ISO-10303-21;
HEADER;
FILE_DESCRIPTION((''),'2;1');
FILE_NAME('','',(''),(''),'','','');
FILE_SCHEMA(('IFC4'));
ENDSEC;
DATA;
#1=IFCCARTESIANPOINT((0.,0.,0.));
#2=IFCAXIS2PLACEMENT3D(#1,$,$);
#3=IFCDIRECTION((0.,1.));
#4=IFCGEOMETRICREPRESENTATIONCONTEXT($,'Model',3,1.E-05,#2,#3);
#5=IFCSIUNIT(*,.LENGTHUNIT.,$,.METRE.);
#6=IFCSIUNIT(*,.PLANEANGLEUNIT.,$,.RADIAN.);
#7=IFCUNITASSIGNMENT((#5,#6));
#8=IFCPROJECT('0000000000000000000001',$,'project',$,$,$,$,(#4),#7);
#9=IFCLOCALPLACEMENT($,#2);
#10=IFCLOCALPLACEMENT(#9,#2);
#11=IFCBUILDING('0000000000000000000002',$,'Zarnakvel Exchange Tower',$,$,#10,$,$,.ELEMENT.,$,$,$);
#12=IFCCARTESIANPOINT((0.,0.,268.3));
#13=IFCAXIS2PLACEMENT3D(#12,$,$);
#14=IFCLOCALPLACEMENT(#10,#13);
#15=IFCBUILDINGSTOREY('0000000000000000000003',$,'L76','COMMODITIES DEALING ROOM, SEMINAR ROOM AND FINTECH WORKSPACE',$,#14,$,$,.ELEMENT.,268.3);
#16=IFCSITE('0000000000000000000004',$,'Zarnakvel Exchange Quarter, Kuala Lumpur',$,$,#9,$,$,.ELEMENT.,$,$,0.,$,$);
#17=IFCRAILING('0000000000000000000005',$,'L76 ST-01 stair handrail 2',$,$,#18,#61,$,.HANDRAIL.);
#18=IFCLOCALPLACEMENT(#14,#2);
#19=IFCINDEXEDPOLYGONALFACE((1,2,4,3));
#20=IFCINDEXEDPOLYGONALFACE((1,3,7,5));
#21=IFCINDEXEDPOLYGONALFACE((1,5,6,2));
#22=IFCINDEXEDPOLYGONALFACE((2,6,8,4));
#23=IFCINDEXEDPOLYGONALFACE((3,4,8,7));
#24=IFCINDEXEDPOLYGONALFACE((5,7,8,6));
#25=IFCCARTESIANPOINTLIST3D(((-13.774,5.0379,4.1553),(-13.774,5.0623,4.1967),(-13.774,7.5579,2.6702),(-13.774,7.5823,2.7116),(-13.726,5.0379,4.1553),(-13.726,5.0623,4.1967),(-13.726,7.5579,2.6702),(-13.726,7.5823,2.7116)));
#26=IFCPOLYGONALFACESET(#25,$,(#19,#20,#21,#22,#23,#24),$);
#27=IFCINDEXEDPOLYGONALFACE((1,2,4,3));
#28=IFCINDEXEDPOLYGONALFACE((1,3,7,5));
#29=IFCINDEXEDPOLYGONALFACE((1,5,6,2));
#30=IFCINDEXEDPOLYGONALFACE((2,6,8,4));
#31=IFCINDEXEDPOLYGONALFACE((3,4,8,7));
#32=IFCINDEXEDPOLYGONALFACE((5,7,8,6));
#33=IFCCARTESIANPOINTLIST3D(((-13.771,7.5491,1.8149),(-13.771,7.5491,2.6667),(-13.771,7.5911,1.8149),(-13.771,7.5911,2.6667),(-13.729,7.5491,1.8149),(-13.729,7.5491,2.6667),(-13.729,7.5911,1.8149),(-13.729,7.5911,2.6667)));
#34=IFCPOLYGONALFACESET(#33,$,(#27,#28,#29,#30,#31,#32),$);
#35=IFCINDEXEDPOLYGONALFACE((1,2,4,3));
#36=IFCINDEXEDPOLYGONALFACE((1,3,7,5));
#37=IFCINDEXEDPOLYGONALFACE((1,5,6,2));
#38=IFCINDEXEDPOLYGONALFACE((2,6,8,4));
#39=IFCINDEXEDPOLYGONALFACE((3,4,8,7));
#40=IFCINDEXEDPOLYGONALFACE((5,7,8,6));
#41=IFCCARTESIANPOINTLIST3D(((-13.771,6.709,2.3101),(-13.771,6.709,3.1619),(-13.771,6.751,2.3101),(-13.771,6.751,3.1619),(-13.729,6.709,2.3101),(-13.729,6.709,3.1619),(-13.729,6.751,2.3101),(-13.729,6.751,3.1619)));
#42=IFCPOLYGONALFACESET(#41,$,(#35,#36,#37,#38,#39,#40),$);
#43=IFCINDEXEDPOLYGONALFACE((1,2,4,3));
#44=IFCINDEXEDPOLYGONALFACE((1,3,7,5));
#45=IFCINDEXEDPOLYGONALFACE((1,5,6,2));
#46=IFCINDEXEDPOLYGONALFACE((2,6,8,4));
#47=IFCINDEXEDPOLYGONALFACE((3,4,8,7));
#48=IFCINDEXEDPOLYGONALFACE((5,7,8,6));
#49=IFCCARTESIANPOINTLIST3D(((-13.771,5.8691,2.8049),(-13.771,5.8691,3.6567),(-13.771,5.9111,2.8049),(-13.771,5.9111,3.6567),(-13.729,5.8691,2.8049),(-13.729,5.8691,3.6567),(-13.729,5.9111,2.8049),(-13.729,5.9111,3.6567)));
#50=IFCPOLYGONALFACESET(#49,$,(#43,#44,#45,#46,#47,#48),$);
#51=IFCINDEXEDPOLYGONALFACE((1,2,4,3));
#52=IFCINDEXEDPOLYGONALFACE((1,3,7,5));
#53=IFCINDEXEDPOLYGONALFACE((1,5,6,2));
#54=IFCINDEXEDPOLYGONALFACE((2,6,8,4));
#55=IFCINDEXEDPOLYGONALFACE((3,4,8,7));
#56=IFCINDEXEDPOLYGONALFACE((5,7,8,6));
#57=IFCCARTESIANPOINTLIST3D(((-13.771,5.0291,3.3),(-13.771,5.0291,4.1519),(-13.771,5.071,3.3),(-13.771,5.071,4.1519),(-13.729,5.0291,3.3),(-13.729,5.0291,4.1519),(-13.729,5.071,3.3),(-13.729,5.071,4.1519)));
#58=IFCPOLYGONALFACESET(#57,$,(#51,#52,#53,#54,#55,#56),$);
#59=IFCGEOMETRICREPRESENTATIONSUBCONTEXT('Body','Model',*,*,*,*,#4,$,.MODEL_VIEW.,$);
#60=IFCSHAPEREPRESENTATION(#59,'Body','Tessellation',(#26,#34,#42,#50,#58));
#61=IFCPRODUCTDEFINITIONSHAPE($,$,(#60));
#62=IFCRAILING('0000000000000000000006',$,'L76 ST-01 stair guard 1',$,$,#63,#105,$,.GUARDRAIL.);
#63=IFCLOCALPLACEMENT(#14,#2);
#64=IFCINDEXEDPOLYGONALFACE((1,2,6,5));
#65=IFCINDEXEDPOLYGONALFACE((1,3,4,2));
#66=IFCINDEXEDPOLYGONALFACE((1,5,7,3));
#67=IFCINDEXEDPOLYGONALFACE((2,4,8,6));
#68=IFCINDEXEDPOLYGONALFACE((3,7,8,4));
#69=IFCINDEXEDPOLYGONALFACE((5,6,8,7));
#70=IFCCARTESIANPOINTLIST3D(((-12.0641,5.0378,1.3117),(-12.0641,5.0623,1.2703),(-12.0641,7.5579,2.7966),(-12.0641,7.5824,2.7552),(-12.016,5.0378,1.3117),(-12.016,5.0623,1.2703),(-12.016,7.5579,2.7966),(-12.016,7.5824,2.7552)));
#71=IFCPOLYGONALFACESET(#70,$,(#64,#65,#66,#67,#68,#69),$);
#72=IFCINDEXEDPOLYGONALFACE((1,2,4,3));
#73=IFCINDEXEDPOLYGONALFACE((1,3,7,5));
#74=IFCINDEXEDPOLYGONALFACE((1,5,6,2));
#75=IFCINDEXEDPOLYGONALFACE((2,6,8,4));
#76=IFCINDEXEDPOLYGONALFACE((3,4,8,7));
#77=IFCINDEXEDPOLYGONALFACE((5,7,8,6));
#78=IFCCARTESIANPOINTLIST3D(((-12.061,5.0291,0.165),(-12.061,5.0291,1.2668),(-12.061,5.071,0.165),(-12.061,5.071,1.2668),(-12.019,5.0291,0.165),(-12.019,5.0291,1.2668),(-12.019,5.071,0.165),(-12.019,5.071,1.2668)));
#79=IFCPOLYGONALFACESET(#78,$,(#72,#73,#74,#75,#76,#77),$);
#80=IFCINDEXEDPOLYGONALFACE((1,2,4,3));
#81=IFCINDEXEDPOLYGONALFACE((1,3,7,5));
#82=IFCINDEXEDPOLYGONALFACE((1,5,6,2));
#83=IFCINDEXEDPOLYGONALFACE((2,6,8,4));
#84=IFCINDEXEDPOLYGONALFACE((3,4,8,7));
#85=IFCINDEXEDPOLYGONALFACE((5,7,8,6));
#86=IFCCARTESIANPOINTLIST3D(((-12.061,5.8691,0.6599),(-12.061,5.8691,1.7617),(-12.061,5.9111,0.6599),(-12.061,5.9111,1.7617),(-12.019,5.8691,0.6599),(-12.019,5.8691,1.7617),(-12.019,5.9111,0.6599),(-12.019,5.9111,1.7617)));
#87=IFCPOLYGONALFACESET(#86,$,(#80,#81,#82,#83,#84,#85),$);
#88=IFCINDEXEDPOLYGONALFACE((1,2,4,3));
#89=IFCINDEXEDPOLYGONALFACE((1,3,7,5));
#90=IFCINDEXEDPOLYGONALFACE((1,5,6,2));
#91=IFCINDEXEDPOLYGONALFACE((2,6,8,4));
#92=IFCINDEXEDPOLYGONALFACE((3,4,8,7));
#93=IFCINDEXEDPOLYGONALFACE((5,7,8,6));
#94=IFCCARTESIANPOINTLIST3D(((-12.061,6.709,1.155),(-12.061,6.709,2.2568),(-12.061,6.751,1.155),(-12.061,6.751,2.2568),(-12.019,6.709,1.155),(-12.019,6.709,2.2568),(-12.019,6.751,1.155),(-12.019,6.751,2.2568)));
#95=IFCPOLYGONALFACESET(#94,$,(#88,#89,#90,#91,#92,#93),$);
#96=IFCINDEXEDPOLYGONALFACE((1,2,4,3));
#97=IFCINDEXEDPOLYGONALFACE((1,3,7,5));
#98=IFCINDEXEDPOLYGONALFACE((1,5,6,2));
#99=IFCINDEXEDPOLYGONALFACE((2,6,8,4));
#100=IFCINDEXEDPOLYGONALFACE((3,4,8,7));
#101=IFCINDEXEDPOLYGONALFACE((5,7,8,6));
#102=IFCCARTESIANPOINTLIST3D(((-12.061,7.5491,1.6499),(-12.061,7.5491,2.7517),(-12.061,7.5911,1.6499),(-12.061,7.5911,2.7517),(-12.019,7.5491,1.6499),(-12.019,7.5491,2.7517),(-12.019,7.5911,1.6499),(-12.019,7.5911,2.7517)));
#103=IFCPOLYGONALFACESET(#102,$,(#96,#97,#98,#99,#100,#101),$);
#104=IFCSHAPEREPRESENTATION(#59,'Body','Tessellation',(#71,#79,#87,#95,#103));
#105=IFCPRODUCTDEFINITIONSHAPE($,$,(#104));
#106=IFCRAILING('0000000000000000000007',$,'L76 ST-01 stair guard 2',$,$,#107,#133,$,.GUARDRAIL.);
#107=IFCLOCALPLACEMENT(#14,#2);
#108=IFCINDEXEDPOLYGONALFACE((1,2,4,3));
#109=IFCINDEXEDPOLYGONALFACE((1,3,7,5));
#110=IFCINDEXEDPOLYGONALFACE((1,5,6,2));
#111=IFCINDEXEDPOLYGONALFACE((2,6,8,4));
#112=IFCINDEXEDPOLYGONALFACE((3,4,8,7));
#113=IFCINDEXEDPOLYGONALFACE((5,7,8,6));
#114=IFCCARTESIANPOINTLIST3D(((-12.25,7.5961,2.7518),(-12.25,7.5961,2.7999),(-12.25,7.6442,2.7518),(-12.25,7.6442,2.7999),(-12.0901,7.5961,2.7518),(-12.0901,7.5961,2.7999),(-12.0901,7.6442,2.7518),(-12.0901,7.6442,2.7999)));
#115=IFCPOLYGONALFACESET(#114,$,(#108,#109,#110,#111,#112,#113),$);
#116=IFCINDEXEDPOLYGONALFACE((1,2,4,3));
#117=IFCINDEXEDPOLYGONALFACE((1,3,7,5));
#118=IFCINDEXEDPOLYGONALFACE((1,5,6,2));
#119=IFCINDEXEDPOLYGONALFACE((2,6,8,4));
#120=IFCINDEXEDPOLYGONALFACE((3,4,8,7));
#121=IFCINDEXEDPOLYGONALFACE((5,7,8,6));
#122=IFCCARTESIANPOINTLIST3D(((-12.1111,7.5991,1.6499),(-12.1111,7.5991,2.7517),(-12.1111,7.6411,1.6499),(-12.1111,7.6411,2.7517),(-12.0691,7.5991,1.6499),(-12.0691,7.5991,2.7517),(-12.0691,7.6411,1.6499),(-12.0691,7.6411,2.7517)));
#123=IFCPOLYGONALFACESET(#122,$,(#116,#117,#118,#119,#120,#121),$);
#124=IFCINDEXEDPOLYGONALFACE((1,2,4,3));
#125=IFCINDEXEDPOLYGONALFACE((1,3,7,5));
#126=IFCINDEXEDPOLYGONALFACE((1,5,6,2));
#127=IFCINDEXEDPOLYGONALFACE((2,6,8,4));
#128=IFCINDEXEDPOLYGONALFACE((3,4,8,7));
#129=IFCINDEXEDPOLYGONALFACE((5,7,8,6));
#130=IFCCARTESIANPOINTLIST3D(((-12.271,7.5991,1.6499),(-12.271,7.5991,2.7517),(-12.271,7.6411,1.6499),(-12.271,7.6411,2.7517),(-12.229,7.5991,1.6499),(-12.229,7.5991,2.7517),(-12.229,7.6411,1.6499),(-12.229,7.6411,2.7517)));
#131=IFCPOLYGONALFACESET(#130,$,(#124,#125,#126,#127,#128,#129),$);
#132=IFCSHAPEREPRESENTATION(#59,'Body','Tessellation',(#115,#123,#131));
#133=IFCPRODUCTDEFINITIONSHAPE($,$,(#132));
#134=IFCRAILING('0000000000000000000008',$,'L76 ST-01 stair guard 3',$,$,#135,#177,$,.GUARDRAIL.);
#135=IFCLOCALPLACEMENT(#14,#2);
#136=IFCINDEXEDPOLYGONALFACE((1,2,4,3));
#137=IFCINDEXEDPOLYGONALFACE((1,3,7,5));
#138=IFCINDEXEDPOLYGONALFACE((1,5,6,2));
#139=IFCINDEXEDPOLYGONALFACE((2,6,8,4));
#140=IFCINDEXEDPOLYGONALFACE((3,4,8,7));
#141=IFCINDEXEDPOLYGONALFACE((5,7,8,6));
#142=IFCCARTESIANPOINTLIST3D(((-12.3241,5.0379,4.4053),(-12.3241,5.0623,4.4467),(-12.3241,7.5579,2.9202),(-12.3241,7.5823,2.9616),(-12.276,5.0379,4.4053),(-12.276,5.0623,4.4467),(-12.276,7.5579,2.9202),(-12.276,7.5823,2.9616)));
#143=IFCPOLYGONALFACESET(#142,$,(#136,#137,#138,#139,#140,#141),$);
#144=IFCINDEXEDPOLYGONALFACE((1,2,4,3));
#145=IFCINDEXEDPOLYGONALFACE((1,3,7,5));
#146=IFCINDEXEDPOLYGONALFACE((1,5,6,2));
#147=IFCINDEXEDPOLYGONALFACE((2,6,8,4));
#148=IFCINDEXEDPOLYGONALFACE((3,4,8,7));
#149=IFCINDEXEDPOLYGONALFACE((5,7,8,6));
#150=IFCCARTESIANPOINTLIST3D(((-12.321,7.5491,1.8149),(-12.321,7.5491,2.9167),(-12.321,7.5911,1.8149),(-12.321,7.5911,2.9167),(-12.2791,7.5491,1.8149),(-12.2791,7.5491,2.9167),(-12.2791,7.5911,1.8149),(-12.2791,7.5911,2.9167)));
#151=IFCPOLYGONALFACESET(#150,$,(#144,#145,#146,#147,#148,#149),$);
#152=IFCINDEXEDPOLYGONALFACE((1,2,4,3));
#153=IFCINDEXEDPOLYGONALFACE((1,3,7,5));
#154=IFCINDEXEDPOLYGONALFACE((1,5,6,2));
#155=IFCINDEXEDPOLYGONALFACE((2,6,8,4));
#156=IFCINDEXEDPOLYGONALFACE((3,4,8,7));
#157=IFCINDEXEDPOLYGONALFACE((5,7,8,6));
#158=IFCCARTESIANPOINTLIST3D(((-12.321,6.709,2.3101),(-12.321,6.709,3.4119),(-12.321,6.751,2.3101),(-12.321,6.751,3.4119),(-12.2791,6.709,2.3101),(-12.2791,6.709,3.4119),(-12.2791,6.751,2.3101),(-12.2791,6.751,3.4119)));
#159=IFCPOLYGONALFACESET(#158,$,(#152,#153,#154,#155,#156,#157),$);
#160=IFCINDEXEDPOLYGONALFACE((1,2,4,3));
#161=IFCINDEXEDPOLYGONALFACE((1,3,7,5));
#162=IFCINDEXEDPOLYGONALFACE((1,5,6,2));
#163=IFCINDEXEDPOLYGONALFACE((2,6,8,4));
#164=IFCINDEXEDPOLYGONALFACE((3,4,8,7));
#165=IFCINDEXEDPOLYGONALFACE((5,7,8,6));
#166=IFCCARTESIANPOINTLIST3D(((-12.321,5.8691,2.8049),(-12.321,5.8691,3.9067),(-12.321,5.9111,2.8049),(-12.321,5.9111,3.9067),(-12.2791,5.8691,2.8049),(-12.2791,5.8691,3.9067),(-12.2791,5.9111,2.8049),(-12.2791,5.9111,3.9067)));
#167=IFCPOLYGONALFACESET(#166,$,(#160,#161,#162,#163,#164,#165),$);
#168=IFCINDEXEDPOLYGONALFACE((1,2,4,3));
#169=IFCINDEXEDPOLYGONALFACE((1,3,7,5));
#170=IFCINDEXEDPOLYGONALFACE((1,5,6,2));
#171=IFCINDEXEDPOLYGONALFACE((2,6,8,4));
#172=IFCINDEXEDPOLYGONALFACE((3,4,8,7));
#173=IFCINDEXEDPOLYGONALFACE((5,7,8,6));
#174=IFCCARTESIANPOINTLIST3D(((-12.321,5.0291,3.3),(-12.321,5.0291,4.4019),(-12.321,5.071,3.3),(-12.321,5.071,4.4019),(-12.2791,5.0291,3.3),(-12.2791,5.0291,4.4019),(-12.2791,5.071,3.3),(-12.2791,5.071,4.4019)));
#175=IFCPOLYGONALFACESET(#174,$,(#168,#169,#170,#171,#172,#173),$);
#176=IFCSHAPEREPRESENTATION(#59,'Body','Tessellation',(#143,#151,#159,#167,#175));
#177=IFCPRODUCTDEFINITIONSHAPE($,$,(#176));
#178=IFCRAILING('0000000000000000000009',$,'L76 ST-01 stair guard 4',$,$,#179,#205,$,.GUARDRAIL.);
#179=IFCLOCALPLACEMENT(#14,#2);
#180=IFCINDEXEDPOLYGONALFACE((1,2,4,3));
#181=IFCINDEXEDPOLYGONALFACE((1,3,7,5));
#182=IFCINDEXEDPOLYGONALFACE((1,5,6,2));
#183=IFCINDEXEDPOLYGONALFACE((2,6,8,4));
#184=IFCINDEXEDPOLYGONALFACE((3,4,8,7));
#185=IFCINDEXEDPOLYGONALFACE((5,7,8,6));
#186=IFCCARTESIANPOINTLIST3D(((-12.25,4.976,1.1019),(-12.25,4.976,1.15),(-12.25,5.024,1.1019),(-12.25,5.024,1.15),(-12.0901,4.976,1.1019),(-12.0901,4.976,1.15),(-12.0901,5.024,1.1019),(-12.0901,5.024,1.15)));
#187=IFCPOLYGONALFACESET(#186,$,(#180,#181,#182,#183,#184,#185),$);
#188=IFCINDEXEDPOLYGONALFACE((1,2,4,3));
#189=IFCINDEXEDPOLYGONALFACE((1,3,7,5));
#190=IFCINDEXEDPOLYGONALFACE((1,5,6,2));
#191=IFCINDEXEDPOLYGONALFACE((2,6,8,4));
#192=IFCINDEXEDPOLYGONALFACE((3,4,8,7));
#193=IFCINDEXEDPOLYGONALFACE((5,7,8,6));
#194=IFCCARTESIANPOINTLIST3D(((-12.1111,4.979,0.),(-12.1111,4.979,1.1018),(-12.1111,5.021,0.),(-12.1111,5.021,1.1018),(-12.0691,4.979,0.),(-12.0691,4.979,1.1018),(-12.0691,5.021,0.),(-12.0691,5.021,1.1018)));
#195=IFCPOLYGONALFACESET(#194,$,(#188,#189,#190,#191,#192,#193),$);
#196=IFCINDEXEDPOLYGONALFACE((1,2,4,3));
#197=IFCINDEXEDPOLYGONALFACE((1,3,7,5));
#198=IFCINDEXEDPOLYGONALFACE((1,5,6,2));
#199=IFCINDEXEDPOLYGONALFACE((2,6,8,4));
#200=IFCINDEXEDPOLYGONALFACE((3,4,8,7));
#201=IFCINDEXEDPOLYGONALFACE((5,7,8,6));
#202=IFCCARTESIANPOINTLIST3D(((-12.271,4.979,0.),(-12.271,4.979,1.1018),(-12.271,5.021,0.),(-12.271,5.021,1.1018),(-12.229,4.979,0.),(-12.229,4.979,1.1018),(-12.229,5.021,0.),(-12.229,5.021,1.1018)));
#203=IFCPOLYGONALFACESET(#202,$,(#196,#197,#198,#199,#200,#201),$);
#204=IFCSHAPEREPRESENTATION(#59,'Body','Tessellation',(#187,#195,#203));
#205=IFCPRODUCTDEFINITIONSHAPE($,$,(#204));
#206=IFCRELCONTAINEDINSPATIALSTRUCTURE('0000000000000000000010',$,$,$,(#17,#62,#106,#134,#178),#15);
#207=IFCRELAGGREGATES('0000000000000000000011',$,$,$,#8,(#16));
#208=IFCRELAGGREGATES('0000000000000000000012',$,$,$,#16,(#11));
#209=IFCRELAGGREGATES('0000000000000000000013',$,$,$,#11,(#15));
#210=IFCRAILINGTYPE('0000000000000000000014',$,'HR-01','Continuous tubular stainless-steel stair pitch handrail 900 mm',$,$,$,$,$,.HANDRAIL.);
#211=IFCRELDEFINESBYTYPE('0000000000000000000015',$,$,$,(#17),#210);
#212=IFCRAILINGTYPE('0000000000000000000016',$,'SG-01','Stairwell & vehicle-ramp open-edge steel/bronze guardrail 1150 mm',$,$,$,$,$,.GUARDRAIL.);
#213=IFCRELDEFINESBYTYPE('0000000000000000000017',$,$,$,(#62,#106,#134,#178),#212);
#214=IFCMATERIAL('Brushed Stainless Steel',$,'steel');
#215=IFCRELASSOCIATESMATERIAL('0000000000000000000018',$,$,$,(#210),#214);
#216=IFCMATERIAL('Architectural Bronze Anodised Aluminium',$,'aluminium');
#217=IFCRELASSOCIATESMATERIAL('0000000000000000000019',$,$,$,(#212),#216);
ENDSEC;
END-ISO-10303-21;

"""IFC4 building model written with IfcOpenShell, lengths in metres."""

from ifc_helpers import new_model, si_unit, direction, frame, origin, origin_2d, place, context, subcontext, project, spatial, rectangle, extrude, material, type_object, element, save


model = new_model("IFC4")

# Units and contexts
model_context = context("Model", 3, precision=1e-05, world=origin(), true_north=direction((0.0, 1.0)))
body_context = subcontext(model_context, "Body", "Model", "MODEL_VIEW")
ifc_project = project(units=[si_unit("LENGTHUNIT", "METRE"), si_unit("PLANEANGLEUNIT", "RADIAN")], contexts=[model_context])

# Site, building, storey
site_placement = place(None, origin())
site = spatial("IfcSite", under=ifc_project, at=site_placement, Name="Zarnakvel Exchange Quarter, Kuala Lumpur", CompositionType="ELEMENT", RefElevation=0.0)
building_placement = place(site_placement, origin())
building = spatial("IfcBuilding", under=site, at=building_placement, Name="Zarnakvel Exchange Tower", CompositionType="ELEMENT")
storey_placement = place(building_placement, frame((0.0, 0.0, 268.3)))
storey = spatial("IfcBuildingStorey", under=building, at=storey_placement, Name="L76", Description="COMMODITIES DEALING ROOM, SEMINAR ROOM AND FINTECH WORKSPACE", CompositionType="ELEMENT", Elevation=268.3)

# Shared definitions
ifc_material_1 = material(Name="Architectural Bronze Anodised Aluminium", Category="aluminium")

# Railings
ifc_material_2 = material(Name="Brushed Stainless Steel", Category="steel")
railing_type_1 = type_object("IfcRailingType", Name="HR-01", Description="Continuous tubular stainless-steel stair pitch handrail 900 mm", PredefinedType="HANDRAIL", material=ifc_material_2)
railing_1_placement = place(storey_placement, frame((-13.75, 7.5701, 1.8149)))
element("IfcRailing", 1, at=railing_1_placement, inside=storey, type_object=railing_type_1, Name="L76 ST-01 stair handrail 2", PredefinedType="HANDRAIL", context=body_context, shape_type="SweptSolid", body=[
    extrude(rectangle(XDim=0.0481, YDim=0.0481, at=origin_2d()), frame((0.0, 0.0, 0.876), z_axis=(0.0, -0.861524, 0.507717), x_axis=(1.0, 0.0, 0.0)), (0.0, 0.0, 1.0), 2.925),
    extrude(rectangle(XDim=0.042, YDim=0.042, at=origin_2d()), origin(), (0.0, 0.0, 1.0), 0.8518),
    extrude(rectangle(XDim=0.042, YDim=0.042, at=origin_2d()), frame((0.0, -0.8401, 0.4951)), (0.0, 0.0, 1.0), 0.8518),
    extrude(rectangle(XDim=0.042, YDim=0.042, at=origin_2d()), frame((0.0, -1.6799, 0.99)), (0.0, 0.0, 1.0), 0.8518),
    extrude(rectangle(XDim=0.042, YDim=0.042, at=origin_2d()), frame((0.0, -2.52, 1.4851)), (0.0, 0.0, 1.0), 0.8518),
])
railing_type_2 = type_object("IfcRailingType", Name="SG-01", Description="Stairwell & vehicle-ramp open-edge steel/bronze guardrail 1150 mm", PredefinedType="GUARDRAIL", material=ifc_material_1)
railing_2_placement = place(storey_placement, frame((-12.04, 5.05, 0.165)))
element("IfcRailing", 2, at=railing_2_placement, inside=storey, type_object=railing_type_2, Name="L76 ST-01 stair guard 1", PredefinedType="GUARDRAIL", context=body_context, shape_type="SweptSolid", body=[
    extrude(rectangle(XDim=0.0481, YDim=0.0481, at=origin_2d()), frame((0.0, 0.0, 1.126), z_axis=(0.0, 0.861561, 0.507655), x_axis=(-1.0, 0.0, 0.0)), (0.0, 0.0, 1.0), 2.925),
    extrude(rectangle(XDim=0.042, YDim=0.042, at=origin_2d()), origin(), (0.0, 0.0, 1.0), 1.1018),
    extrude(rectangle(XDim=0.042, YDim=0.042, at=origin_2d()), frame((0.0, 0.8401, 0.4949)), (0.0, 0.0, 1.0), 1.1018),
    extrude(rectangle(XDim=0.042, YDim=0.042, at=origin_2d()), frame((0.0, 1.6799, 0.99)), (0.0, 0.0, 1.0), 1.1018),
    extrude(rectangle(XDim=0.042, YDim=0.042, at=origin_2d()), frame((0.0, 2.52, 1.4849)), (0.0, 0.0, 1.0), 1.1018),
])
railing_3_placement = place(storey_placement, frame((-12.0901, 7.6201, 1.6499)))
element("IfcRailing", 3, at=railing_3_placement, inside=storey, type_object=railing_type_2, Name="L76 ST-01 stair guard 2", PredefinedType="GUARDRAIL", context=body_context, shape_type="SweptSolid", body=[
    extrude(rectangle(XDim=0.0481, YDim=0.0481, at=origin_2d()), frame((0.0, 0.0, 1.126), z_axis=(-1.0, 0.0, 0.0), x_axis=(0.0, -1.0, 0.0)), (0.0, 0.0, 1.0), 0.1599),
    extrude(rectangle(XDim=0.042, YDim=0.042, at=origin_2d()), origin(), (0.0, 0.0, 1.0), 1.1018),
    extrude(rectangle(XDim=0.042, YDim=0.042, at=origin_2d()), frame((-0.1599, 0.0, 0.0)), (0.0, 0.0, 1.0), 1.1018),
])
railing_4_placement = place(storey_placement, frame((-12.3, 7.5701, 1.8149)))
element("IfcRailing", 4, at=railing_4_placement, inside=storey, type_object=railing_type_2, Name="L76 ST-01 stair guard 3", PredefinedType="GUARDRAIL", context=body_context, shape_type="SweptSolid", body=[
    extrude(rectangle(XDim=0.0481, YDim=0.0481, at=origin_2d()), frame((0.0, 0.0, 1.126), z_axis=(0.0, -0.861524, 0.507717), x_axis=(1.0, 0.0, 0.0)), (0.0, 0.0, 1.0), 2.925),
    extrude(rectangle(XDim=0.042, YDim=0.042, at=origin_2d()), origin(), (0.0, 0.0, 1.0), 1.1018),
    extrude(rectangle(XDim=0.042, YDim=0.042, at=origin_2d()), frame((0.0, -0.8401, 0.4951)), (0.0, 0.0, 1.0), 1.1018),
    extrude(rectangle(XDim=0.042, YDim=0.042, at=origin_2d()), frame((0.0, -1.6799, 0.99)), (0.0, 0.0, 1.0), 1.1018),
    extrude(rectangle(XDim=0.042, YDim=0.042, at=origin_2d()), frame((0.0, -2.52, 1.4851)), (0.0, 0.0, 1.0), 1.1018),
])
railing_5_placement = place(storey_placement, frame((-12.0901, 5.0, 0.0)))
element("IfcRailing", 5, at=railing_5_placement, inside=storey, type_object=railing_type_2, Name="L76 ST-01 stair guard 4", PredefinedType="GUARDRAIL", context=body_context, shape_type="SweptSolid", body=[
    extrude(rectangle(XDim=0.0481, YDim=0.0481, at=origin_2d()), frame((0.0, 0.0, 1.126), z_axis=(-1.0, 0.0, 0.0), x_axis=(0.0, -1.0, 0.0)), (0.0, 0.0, 1.0), 0.1599),
    extrude(rectangle(XDim=0.042, YDim=0.042, at=origin_2d()), origin(), (0.0, 0.0, 1.0), 1.1018),
    extrude(rectangle(XDim=0.042, YDim=0.042, at=origin_2d()), frame((-0.1599, 0.0, 0.0)), (0.0, 0.0, 1.0), 1.1018),
])

save(model, "model.ifc")
